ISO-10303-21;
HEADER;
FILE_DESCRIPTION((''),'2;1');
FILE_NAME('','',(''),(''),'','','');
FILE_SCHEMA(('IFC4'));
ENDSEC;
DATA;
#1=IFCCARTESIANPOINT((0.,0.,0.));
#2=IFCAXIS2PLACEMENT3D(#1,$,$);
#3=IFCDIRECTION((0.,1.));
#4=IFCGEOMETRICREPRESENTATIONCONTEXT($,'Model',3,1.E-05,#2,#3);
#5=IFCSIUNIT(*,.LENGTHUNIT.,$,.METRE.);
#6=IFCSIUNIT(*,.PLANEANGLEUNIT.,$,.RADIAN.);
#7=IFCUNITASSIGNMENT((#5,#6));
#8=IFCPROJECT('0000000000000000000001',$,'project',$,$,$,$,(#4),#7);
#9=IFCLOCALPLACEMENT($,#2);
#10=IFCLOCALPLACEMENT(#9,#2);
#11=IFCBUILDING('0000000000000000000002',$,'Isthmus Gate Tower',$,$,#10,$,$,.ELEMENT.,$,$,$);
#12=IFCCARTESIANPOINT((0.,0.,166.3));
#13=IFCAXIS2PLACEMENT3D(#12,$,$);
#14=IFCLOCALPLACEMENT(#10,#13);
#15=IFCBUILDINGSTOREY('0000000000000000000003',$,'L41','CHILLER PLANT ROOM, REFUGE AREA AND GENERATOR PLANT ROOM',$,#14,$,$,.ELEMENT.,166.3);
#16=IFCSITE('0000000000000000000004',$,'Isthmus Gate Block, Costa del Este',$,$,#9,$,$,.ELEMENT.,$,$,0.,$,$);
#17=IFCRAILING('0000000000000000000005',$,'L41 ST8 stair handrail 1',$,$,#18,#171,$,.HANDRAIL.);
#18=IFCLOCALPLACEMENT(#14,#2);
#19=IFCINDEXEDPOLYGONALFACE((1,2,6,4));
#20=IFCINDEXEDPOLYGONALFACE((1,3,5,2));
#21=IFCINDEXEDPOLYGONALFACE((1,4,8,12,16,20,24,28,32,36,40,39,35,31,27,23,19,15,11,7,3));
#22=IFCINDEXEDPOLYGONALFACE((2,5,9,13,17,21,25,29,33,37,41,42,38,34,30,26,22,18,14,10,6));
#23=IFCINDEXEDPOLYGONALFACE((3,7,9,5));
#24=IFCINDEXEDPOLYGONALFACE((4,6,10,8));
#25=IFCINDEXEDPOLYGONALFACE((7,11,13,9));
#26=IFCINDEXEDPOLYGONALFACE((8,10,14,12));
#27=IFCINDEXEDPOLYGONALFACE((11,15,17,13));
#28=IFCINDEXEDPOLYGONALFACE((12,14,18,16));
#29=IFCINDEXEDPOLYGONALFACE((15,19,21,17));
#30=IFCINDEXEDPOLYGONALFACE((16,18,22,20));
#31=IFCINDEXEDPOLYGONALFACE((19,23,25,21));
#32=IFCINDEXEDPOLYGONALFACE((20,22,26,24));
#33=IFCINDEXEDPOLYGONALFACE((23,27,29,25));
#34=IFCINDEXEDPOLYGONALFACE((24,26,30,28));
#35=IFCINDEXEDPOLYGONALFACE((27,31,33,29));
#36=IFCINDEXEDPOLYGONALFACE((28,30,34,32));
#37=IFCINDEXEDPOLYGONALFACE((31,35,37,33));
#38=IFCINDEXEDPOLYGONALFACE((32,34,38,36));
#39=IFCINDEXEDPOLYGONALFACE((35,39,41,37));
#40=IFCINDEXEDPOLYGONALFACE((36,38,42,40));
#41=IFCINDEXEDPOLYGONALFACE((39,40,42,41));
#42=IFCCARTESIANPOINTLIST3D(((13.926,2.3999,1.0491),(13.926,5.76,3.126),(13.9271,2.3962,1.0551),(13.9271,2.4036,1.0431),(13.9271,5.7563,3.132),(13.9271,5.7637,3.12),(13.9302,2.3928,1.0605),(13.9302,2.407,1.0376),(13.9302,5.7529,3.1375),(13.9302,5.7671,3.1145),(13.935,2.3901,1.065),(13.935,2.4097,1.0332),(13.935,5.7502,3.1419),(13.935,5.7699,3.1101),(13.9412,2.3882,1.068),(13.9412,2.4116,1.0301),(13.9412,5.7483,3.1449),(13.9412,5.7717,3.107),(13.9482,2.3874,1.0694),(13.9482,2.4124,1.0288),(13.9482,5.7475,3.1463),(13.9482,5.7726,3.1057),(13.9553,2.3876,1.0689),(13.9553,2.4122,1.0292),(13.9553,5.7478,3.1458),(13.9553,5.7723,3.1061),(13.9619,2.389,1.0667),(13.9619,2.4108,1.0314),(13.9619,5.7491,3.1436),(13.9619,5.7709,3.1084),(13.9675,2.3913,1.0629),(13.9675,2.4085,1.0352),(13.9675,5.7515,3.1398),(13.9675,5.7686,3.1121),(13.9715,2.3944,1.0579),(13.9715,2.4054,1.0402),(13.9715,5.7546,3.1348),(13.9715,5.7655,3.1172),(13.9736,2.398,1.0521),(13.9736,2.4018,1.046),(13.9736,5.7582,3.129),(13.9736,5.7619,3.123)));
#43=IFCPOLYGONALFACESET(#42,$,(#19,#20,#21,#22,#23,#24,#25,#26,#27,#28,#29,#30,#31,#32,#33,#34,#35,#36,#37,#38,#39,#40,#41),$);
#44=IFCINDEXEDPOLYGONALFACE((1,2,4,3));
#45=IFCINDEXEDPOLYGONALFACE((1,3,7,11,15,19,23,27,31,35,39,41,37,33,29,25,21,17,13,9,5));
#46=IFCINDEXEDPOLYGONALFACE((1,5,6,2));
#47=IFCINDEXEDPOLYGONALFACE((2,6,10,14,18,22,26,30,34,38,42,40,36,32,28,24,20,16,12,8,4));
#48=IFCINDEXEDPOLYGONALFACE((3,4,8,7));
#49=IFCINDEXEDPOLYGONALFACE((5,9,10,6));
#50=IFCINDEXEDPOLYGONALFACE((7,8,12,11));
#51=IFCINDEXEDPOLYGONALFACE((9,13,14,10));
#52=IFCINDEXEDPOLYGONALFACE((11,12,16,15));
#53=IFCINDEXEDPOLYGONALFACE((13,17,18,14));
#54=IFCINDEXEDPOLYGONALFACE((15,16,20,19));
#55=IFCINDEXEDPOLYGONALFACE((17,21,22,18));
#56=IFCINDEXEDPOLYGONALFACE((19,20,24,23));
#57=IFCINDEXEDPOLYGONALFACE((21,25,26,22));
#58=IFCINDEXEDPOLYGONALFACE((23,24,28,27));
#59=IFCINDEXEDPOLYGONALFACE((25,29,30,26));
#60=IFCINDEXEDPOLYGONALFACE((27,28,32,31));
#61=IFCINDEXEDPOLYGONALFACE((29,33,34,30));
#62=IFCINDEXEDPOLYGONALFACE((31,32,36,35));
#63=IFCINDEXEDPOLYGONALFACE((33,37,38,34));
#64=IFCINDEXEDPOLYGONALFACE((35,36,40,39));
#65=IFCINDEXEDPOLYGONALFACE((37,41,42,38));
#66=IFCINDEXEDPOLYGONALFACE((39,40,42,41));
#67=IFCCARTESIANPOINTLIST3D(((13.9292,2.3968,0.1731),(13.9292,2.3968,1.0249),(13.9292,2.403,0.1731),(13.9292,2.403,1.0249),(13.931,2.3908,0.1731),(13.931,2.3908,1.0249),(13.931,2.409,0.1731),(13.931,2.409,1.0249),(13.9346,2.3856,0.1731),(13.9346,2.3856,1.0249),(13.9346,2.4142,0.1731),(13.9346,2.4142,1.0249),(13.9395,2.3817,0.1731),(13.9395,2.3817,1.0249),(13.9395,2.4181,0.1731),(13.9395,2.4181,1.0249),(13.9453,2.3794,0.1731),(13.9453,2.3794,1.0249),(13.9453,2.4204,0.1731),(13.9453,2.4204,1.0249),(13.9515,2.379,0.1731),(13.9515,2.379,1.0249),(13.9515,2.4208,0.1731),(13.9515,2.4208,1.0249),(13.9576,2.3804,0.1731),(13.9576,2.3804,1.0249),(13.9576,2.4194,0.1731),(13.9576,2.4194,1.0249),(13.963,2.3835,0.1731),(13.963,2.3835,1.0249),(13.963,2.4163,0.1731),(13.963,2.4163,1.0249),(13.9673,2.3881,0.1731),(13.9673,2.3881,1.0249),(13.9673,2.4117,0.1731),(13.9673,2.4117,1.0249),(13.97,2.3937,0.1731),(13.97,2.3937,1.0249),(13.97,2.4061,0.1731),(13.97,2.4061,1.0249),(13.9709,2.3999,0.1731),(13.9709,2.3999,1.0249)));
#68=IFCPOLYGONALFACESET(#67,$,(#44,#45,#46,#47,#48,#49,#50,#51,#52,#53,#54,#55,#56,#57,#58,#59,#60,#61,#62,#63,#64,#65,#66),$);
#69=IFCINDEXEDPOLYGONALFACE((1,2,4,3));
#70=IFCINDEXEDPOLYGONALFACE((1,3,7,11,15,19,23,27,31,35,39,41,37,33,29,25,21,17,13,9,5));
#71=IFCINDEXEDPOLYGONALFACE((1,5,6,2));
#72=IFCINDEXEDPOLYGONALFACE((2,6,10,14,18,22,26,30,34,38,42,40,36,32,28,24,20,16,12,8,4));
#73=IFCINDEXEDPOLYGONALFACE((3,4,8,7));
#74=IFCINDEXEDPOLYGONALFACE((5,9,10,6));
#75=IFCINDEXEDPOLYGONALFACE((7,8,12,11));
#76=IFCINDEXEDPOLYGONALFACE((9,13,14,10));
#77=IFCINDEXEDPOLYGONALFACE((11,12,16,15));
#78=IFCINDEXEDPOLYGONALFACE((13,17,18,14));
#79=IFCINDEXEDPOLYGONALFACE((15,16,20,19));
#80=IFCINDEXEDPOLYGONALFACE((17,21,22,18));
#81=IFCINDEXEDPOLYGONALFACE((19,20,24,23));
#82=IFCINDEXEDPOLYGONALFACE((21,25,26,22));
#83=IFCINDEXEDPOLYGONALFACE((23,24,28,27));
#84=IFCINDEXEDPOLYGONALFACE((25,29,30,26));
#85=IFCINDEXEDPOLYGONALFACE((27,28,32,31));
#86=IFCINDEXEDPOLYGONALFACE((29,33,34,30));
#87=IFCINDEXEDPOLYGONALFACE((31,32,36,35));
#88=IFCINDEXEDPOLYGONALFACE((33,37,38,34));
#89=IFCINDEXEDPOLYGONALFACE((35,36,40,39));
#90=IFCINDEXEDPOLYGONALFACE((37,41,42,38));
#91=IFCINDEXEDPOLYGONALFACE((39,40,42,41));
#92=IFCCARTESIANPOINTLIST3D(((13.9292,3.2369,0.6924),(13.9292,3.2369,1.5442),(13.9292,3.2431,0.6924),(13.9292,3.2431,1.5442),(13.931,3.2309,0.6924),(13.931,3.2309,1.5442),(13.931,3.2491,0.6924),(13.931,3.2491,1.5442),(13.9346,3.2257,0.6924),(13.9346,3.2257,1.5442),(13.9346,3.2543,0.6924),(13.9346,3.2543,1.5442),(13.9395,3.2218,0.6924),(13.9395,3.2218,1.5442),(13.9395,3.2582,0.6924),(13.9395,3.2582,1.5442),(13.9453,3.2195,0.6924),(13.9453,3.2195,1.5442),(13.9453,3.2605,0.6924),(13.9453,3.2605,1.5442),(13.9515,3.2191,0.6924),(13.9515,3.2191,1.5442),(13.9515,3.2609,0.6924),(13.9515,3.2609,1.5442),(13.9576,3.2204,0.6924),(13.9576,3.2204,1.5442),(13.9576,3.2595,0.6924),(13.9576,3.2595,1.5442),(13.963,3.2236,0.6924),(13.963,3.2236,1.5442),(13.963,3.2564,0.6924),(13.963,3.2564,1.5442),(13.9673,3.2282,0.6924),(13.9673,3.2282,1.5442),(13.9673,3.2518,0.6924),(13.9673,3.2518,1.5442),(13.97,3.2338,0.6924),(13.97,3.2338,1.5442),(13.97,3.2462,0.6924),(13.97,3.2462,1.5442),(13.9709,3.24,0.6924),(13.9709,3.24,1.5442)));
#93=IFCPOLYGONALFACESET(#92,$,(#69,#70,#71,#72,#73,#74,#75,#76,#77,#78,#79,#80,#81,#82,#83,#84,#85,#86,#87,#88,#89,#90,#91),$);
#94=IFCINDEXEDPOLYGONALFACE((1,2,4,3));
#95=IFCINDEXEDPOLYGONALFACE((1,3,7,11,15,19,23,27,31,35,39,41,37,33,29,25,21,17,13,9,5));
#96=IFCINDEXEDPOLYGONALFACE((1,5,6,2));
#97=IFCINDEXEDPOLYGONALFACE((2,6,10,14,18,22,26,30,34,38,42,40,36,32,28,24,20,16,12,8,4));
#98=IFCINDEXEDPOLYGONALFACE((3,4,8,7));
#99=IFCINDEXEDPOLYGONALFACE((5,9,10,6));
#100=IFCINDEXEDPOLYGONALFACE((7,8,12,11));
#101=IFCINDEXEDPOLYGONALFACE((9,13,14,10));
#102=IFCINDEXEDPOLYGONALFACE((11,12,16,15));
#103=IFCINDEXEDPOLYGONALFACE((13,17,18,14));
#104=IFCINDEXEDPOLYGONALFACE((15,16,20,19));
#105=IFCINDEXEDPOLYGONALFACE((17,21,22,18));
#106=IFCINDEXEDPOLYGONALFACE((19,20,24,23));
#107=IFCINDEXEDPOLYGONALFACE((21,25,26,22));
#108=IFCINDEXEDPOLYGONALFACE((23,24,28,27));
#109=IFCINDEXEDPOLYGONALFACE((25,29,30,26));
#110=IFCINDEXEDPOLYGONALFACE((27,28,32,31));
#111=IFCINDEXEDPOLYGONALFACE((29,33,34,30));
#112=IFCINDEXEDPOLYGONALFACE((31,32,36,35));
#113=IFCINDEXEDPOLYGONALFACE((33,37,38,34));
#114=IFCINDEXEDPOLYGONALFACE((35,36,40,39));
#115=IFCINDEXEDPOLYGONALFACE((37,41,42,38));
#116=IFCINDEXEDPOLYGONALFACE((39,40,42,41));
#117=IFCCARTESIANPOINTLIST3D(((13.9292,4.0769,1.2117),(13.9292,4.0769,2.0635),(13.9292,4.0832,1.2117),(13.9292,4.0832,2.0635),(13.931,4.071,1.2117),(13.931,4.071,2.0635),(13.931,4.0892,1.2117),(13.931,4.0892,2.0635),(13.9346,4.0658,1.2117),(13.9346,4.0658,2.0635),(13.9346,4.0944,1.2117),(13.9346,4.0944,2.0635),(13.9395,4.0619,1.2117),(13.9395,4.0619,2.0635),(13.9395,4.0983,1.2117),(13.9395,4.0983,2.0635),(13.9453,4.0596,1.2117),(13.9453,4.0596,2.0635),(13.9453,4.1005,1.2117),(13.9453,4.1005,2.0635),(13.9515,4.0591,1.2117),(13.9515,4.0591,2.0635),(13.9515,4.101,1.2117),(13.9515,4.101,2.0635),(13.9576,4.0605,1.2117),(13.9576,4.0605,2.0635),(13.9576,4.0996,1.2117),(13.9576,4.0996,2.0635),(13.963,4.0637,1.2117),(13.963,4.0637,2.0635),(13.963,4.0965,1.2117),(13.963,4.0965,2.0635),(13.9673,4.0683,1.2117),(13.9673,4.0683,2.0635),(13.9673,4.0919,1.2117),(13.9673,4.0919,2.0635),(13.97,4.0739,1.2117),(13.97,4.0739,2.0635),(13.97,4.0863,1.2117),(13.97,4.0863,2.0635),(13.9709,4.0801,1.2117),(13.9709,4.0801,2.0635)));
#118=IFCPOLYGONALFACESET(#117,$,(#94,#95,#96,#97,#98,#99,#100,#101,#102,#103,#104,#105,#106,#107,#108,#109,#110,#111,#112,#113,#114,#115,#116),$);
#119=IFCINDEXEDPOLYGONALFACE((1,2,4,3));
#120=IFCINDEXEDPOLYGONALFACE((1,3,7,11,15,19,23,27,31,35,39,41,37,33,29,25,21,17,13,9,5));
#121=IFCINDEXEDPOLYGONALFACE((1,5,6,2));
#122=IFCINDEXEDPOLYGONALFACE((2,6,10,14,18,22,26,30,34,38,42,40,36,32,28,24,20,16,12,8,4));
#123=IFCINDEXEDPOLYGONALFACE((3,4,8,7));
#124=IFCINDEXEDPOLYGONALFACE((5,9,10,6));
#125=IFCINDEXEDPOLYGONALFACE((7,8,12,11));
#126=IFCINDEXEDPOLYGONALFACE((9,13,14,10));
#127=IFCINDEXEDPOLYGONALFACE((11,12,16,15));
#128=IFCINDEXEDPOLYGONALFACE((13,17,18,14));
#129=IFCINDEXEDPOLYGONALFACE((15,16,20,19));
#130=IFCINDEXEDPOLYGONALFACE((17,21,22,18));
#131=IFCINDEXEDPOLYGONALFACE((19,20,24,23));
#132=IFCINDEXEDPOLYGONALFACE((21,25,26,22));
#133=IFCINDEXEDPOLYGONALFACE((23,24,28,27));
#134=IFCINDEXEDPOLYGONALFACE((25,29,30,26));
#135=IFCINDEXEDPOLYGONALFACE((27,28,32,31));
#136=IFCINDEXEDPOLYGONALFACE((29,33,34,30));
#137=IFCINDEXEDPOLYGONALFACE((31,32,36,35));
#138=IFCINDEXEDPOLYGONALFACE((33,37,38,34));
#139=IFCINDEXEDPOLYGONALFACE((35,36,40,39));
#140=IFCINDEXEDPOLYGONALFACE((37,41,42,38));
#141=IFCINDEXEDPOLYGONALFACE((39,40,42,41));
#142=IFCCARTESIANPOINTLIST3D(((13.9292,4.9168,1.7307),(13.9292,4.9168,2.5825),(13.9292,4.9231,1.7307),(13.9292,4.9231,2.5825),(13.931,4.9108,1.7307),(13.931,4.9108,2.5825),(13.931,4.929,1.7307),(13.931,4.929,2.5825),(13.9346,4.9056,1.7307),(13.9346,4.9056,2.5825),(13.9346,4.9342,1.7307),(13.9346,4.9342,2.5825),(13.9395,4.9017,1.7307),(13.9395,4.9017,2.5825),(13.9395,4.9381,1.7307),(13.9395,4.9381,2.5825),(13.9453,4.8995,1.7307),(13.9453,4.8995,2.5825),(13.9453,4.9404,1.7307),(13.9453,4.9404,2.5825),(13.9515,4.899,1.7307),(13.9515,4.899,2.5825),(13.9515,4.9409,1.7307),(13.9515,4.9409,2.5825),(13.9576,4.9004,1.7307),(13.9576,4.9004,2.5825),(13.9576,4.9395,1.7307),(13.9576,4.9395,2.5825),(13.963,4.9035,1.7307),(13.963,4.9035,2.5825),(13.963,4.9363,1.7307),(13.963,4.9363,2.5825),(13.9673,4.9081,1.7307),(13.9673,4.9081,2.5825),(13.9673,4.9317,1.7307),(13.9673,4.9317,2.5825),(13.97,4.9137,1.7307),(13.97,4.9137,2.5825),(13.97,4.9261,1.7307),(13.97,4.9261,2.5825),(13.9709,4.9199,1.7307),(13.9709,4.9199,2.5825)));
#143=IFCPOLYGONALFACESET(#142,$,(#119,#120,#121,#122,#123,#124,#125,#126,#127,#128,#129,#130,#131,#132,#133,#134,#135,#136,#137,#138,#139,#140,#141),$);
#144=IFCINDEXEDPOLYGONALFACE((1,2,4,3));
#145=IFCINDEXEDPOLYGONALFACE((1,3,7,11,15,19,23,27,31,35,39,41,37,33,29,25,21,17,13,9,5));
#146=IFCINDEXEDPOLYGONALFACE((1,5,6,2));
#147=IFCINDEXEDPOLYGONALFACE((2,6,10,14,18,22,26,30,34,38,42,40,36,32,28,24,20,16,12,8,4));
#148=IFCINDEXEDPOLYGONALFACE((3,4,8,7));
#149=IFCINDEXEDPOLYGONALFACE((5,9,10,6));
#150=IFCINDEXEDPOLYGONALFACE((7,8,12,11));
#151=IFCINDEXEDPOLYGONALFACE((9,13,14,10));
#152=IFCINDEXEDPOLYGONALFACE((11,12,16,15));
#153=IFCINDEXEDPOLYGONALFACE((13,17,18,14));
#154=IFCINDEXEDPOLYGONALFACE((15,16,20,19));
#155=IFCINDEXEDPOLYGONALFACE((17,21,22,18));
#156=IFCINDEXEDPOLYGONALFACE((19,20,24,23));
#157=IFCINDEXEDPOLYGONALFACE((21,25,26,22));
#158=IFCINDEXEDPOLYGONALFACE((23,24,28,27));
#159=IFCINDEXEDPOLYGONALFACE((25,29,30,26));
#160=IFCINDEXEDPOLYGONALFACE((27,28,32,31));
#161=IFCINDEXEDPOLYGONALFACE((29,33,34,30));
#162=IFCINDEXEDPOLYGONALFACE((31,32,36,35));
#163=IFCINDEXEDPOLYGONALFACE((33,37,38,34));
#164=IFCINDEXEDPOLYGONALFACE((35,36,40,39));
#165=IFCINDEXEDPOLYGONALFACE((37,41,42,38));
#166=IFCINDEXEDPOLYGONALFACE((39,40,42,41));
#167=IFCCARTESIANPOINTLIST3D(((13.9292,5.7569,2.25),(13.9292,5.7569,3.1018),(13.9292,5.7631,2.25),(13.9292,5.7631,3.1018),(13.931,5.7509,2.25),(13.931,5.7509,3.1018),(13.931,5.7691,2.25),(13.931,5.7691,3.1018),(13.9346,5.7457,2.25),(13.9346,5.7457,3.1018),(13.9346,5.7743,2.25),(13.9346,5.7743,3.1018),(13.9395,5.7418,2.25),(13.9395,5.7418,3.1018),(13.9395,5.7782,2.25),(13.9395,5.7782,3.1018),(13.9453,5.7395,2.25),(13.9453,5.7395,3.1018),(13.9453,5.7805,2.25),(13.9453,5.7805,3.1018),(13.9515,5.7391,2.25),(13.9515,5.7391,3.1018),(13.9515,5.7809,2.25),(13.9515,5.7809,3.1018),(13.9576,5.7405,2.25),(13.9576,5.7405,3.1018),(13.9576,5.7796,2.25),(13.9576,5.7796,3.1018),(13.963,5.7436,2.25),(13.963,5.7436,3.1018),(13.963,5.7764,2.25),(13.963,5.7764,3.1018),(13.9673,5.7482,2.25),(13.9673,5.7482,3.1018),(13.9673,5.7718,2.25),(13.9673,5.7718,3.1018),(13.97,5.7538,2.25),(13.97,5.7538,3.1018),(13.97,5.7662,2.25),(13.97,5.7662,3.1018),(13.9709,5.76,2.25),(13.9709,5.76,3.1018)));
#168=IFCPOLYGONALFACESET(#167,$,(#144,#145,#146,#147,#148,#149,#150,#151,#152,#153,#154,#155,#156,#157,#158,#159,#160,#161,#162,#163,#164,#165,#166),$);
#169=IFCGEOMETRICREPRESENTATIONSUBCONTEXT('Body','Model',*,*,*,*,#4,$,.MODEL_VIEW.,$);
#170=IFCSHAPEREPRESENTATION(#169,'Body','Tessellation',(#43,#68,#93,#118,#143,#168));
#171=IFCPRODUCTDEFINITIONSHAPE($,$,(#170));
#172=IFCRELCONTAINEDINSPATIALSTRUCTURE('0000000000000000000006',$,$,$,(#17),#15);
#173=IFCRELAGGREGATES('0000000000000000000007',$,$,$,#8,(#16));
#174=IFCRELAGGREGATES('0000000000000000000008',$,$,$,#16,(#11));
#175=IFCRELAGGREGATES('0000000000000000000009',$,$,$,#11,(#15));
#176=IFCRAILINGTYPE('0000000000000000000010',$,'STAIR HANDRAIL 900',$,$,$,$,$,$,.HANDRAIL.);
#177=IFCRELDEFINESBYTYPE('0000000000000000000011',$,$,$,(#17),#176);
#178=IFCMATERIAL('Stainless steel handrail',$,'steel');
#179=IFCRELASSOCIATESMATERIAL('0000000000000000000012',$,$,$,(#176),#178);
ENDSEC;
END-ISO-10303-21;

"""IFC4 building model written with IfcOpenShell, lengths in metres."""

from ifc_helpers import new_model, si_unit, direction, frame, origin, origin_2d, place, context, subcontext, project, spatial, circle, extrude, material, type_object, element, save


model = new_model("IFC4")

# Units and contexts
model_context = context("Model", 3, precision=1e-05, world=origin(), true_north=direction((0.0, 1.0)))
body_context = subcontext(model_context, "Body", "Model", "MODEL_VIEW")
ifc_project = project(units=[si_unit("LENGTHUNIT", "METRE"), si_unit("PLANEANGLEUNIT", "RADIAN")], contexts=[model_context])

# Site, building, storey
site_placement = place(None, origin())
site = spatial("IfcSite", under=ifc_project, at=site_placement, Name="Isthmus Gate Block, Costa del Este", CompositionType="ELEMENT", RefElevation=0.0)
building_placement = place(site_placement, origin())
building = spatial("IfcBuilding", under=site, at=building_placement, Name="Isthmus Gate Tower", CompositionType="ELEMENT")
storey_placement = place(building_placement, frame((0.0, 0.0, 166.3)))
storey = spatial("IfcBuildingStorey", under=building, at=storey_placement, Name="L41", Description="CHILLER PLANT ROOM, REFUGE AREA AND GENERATOR PLANT ROOM", CompositionType="ELEMENT", Elevation=166.3)

# Railing
ifc_material_1 = material(Name="Stainless steel handrail", Category="steel")
railing_type = type_object("IfcRailingType", Name="STAIR HANDRAIL 900", PredefinedType="HANDRAIL", material=ifc_material_1)
railing_placement = place(storey_placement, frame((13.95, 2.3999, 0.1731)))
element("IfcRailing", 1, at=railing_placement, inside=storey, type_object=railing_type, Name="L41 ST8 stair handrail 1", PredefinedType="HANDRAIL", context=body_context, shape_type="SweptSolid", body=[
    extrude(circle(Radius=0.0239, at=origin_2d()), frame((0.0, 0.0, 0.876), z_axis=(0.0, 0.850623, 0.525776), x_axis=(-1.0, 0.0, 0.0)), (0.0, 0.0, 1.0), 3.9502),
    extrude(circle(Radius=0.021, at=origin_2d()), origin(), (0.0, 0.0, 1.0), 0.8518),
    extrude(circle(Radius=0.021, at=origin_2d()), frame((0.0, 0.8401, 0.5193)), (0.0, 0.0, 1.0), 0.8518),
    extrude(circle(Radius=0.021, at=origin_2d()), frame((0.0, 1.6802, 1.0386)), (0.0, 0.0, 1.0), 0.8518),
    extrude(circle(Radius=0.021, at=origin_2d()), frame((0.0, 2.52, 1.5576)), (0.0, 0.0, 1.0), 0.8518),
    extrude(circle(Radius=0.021, at=origin_2d()), frame((0.0, 3.3601, 2.0769)), (0.0, 0.0, 1.0), 0.8518),
])

save(model, "model.ifc")
